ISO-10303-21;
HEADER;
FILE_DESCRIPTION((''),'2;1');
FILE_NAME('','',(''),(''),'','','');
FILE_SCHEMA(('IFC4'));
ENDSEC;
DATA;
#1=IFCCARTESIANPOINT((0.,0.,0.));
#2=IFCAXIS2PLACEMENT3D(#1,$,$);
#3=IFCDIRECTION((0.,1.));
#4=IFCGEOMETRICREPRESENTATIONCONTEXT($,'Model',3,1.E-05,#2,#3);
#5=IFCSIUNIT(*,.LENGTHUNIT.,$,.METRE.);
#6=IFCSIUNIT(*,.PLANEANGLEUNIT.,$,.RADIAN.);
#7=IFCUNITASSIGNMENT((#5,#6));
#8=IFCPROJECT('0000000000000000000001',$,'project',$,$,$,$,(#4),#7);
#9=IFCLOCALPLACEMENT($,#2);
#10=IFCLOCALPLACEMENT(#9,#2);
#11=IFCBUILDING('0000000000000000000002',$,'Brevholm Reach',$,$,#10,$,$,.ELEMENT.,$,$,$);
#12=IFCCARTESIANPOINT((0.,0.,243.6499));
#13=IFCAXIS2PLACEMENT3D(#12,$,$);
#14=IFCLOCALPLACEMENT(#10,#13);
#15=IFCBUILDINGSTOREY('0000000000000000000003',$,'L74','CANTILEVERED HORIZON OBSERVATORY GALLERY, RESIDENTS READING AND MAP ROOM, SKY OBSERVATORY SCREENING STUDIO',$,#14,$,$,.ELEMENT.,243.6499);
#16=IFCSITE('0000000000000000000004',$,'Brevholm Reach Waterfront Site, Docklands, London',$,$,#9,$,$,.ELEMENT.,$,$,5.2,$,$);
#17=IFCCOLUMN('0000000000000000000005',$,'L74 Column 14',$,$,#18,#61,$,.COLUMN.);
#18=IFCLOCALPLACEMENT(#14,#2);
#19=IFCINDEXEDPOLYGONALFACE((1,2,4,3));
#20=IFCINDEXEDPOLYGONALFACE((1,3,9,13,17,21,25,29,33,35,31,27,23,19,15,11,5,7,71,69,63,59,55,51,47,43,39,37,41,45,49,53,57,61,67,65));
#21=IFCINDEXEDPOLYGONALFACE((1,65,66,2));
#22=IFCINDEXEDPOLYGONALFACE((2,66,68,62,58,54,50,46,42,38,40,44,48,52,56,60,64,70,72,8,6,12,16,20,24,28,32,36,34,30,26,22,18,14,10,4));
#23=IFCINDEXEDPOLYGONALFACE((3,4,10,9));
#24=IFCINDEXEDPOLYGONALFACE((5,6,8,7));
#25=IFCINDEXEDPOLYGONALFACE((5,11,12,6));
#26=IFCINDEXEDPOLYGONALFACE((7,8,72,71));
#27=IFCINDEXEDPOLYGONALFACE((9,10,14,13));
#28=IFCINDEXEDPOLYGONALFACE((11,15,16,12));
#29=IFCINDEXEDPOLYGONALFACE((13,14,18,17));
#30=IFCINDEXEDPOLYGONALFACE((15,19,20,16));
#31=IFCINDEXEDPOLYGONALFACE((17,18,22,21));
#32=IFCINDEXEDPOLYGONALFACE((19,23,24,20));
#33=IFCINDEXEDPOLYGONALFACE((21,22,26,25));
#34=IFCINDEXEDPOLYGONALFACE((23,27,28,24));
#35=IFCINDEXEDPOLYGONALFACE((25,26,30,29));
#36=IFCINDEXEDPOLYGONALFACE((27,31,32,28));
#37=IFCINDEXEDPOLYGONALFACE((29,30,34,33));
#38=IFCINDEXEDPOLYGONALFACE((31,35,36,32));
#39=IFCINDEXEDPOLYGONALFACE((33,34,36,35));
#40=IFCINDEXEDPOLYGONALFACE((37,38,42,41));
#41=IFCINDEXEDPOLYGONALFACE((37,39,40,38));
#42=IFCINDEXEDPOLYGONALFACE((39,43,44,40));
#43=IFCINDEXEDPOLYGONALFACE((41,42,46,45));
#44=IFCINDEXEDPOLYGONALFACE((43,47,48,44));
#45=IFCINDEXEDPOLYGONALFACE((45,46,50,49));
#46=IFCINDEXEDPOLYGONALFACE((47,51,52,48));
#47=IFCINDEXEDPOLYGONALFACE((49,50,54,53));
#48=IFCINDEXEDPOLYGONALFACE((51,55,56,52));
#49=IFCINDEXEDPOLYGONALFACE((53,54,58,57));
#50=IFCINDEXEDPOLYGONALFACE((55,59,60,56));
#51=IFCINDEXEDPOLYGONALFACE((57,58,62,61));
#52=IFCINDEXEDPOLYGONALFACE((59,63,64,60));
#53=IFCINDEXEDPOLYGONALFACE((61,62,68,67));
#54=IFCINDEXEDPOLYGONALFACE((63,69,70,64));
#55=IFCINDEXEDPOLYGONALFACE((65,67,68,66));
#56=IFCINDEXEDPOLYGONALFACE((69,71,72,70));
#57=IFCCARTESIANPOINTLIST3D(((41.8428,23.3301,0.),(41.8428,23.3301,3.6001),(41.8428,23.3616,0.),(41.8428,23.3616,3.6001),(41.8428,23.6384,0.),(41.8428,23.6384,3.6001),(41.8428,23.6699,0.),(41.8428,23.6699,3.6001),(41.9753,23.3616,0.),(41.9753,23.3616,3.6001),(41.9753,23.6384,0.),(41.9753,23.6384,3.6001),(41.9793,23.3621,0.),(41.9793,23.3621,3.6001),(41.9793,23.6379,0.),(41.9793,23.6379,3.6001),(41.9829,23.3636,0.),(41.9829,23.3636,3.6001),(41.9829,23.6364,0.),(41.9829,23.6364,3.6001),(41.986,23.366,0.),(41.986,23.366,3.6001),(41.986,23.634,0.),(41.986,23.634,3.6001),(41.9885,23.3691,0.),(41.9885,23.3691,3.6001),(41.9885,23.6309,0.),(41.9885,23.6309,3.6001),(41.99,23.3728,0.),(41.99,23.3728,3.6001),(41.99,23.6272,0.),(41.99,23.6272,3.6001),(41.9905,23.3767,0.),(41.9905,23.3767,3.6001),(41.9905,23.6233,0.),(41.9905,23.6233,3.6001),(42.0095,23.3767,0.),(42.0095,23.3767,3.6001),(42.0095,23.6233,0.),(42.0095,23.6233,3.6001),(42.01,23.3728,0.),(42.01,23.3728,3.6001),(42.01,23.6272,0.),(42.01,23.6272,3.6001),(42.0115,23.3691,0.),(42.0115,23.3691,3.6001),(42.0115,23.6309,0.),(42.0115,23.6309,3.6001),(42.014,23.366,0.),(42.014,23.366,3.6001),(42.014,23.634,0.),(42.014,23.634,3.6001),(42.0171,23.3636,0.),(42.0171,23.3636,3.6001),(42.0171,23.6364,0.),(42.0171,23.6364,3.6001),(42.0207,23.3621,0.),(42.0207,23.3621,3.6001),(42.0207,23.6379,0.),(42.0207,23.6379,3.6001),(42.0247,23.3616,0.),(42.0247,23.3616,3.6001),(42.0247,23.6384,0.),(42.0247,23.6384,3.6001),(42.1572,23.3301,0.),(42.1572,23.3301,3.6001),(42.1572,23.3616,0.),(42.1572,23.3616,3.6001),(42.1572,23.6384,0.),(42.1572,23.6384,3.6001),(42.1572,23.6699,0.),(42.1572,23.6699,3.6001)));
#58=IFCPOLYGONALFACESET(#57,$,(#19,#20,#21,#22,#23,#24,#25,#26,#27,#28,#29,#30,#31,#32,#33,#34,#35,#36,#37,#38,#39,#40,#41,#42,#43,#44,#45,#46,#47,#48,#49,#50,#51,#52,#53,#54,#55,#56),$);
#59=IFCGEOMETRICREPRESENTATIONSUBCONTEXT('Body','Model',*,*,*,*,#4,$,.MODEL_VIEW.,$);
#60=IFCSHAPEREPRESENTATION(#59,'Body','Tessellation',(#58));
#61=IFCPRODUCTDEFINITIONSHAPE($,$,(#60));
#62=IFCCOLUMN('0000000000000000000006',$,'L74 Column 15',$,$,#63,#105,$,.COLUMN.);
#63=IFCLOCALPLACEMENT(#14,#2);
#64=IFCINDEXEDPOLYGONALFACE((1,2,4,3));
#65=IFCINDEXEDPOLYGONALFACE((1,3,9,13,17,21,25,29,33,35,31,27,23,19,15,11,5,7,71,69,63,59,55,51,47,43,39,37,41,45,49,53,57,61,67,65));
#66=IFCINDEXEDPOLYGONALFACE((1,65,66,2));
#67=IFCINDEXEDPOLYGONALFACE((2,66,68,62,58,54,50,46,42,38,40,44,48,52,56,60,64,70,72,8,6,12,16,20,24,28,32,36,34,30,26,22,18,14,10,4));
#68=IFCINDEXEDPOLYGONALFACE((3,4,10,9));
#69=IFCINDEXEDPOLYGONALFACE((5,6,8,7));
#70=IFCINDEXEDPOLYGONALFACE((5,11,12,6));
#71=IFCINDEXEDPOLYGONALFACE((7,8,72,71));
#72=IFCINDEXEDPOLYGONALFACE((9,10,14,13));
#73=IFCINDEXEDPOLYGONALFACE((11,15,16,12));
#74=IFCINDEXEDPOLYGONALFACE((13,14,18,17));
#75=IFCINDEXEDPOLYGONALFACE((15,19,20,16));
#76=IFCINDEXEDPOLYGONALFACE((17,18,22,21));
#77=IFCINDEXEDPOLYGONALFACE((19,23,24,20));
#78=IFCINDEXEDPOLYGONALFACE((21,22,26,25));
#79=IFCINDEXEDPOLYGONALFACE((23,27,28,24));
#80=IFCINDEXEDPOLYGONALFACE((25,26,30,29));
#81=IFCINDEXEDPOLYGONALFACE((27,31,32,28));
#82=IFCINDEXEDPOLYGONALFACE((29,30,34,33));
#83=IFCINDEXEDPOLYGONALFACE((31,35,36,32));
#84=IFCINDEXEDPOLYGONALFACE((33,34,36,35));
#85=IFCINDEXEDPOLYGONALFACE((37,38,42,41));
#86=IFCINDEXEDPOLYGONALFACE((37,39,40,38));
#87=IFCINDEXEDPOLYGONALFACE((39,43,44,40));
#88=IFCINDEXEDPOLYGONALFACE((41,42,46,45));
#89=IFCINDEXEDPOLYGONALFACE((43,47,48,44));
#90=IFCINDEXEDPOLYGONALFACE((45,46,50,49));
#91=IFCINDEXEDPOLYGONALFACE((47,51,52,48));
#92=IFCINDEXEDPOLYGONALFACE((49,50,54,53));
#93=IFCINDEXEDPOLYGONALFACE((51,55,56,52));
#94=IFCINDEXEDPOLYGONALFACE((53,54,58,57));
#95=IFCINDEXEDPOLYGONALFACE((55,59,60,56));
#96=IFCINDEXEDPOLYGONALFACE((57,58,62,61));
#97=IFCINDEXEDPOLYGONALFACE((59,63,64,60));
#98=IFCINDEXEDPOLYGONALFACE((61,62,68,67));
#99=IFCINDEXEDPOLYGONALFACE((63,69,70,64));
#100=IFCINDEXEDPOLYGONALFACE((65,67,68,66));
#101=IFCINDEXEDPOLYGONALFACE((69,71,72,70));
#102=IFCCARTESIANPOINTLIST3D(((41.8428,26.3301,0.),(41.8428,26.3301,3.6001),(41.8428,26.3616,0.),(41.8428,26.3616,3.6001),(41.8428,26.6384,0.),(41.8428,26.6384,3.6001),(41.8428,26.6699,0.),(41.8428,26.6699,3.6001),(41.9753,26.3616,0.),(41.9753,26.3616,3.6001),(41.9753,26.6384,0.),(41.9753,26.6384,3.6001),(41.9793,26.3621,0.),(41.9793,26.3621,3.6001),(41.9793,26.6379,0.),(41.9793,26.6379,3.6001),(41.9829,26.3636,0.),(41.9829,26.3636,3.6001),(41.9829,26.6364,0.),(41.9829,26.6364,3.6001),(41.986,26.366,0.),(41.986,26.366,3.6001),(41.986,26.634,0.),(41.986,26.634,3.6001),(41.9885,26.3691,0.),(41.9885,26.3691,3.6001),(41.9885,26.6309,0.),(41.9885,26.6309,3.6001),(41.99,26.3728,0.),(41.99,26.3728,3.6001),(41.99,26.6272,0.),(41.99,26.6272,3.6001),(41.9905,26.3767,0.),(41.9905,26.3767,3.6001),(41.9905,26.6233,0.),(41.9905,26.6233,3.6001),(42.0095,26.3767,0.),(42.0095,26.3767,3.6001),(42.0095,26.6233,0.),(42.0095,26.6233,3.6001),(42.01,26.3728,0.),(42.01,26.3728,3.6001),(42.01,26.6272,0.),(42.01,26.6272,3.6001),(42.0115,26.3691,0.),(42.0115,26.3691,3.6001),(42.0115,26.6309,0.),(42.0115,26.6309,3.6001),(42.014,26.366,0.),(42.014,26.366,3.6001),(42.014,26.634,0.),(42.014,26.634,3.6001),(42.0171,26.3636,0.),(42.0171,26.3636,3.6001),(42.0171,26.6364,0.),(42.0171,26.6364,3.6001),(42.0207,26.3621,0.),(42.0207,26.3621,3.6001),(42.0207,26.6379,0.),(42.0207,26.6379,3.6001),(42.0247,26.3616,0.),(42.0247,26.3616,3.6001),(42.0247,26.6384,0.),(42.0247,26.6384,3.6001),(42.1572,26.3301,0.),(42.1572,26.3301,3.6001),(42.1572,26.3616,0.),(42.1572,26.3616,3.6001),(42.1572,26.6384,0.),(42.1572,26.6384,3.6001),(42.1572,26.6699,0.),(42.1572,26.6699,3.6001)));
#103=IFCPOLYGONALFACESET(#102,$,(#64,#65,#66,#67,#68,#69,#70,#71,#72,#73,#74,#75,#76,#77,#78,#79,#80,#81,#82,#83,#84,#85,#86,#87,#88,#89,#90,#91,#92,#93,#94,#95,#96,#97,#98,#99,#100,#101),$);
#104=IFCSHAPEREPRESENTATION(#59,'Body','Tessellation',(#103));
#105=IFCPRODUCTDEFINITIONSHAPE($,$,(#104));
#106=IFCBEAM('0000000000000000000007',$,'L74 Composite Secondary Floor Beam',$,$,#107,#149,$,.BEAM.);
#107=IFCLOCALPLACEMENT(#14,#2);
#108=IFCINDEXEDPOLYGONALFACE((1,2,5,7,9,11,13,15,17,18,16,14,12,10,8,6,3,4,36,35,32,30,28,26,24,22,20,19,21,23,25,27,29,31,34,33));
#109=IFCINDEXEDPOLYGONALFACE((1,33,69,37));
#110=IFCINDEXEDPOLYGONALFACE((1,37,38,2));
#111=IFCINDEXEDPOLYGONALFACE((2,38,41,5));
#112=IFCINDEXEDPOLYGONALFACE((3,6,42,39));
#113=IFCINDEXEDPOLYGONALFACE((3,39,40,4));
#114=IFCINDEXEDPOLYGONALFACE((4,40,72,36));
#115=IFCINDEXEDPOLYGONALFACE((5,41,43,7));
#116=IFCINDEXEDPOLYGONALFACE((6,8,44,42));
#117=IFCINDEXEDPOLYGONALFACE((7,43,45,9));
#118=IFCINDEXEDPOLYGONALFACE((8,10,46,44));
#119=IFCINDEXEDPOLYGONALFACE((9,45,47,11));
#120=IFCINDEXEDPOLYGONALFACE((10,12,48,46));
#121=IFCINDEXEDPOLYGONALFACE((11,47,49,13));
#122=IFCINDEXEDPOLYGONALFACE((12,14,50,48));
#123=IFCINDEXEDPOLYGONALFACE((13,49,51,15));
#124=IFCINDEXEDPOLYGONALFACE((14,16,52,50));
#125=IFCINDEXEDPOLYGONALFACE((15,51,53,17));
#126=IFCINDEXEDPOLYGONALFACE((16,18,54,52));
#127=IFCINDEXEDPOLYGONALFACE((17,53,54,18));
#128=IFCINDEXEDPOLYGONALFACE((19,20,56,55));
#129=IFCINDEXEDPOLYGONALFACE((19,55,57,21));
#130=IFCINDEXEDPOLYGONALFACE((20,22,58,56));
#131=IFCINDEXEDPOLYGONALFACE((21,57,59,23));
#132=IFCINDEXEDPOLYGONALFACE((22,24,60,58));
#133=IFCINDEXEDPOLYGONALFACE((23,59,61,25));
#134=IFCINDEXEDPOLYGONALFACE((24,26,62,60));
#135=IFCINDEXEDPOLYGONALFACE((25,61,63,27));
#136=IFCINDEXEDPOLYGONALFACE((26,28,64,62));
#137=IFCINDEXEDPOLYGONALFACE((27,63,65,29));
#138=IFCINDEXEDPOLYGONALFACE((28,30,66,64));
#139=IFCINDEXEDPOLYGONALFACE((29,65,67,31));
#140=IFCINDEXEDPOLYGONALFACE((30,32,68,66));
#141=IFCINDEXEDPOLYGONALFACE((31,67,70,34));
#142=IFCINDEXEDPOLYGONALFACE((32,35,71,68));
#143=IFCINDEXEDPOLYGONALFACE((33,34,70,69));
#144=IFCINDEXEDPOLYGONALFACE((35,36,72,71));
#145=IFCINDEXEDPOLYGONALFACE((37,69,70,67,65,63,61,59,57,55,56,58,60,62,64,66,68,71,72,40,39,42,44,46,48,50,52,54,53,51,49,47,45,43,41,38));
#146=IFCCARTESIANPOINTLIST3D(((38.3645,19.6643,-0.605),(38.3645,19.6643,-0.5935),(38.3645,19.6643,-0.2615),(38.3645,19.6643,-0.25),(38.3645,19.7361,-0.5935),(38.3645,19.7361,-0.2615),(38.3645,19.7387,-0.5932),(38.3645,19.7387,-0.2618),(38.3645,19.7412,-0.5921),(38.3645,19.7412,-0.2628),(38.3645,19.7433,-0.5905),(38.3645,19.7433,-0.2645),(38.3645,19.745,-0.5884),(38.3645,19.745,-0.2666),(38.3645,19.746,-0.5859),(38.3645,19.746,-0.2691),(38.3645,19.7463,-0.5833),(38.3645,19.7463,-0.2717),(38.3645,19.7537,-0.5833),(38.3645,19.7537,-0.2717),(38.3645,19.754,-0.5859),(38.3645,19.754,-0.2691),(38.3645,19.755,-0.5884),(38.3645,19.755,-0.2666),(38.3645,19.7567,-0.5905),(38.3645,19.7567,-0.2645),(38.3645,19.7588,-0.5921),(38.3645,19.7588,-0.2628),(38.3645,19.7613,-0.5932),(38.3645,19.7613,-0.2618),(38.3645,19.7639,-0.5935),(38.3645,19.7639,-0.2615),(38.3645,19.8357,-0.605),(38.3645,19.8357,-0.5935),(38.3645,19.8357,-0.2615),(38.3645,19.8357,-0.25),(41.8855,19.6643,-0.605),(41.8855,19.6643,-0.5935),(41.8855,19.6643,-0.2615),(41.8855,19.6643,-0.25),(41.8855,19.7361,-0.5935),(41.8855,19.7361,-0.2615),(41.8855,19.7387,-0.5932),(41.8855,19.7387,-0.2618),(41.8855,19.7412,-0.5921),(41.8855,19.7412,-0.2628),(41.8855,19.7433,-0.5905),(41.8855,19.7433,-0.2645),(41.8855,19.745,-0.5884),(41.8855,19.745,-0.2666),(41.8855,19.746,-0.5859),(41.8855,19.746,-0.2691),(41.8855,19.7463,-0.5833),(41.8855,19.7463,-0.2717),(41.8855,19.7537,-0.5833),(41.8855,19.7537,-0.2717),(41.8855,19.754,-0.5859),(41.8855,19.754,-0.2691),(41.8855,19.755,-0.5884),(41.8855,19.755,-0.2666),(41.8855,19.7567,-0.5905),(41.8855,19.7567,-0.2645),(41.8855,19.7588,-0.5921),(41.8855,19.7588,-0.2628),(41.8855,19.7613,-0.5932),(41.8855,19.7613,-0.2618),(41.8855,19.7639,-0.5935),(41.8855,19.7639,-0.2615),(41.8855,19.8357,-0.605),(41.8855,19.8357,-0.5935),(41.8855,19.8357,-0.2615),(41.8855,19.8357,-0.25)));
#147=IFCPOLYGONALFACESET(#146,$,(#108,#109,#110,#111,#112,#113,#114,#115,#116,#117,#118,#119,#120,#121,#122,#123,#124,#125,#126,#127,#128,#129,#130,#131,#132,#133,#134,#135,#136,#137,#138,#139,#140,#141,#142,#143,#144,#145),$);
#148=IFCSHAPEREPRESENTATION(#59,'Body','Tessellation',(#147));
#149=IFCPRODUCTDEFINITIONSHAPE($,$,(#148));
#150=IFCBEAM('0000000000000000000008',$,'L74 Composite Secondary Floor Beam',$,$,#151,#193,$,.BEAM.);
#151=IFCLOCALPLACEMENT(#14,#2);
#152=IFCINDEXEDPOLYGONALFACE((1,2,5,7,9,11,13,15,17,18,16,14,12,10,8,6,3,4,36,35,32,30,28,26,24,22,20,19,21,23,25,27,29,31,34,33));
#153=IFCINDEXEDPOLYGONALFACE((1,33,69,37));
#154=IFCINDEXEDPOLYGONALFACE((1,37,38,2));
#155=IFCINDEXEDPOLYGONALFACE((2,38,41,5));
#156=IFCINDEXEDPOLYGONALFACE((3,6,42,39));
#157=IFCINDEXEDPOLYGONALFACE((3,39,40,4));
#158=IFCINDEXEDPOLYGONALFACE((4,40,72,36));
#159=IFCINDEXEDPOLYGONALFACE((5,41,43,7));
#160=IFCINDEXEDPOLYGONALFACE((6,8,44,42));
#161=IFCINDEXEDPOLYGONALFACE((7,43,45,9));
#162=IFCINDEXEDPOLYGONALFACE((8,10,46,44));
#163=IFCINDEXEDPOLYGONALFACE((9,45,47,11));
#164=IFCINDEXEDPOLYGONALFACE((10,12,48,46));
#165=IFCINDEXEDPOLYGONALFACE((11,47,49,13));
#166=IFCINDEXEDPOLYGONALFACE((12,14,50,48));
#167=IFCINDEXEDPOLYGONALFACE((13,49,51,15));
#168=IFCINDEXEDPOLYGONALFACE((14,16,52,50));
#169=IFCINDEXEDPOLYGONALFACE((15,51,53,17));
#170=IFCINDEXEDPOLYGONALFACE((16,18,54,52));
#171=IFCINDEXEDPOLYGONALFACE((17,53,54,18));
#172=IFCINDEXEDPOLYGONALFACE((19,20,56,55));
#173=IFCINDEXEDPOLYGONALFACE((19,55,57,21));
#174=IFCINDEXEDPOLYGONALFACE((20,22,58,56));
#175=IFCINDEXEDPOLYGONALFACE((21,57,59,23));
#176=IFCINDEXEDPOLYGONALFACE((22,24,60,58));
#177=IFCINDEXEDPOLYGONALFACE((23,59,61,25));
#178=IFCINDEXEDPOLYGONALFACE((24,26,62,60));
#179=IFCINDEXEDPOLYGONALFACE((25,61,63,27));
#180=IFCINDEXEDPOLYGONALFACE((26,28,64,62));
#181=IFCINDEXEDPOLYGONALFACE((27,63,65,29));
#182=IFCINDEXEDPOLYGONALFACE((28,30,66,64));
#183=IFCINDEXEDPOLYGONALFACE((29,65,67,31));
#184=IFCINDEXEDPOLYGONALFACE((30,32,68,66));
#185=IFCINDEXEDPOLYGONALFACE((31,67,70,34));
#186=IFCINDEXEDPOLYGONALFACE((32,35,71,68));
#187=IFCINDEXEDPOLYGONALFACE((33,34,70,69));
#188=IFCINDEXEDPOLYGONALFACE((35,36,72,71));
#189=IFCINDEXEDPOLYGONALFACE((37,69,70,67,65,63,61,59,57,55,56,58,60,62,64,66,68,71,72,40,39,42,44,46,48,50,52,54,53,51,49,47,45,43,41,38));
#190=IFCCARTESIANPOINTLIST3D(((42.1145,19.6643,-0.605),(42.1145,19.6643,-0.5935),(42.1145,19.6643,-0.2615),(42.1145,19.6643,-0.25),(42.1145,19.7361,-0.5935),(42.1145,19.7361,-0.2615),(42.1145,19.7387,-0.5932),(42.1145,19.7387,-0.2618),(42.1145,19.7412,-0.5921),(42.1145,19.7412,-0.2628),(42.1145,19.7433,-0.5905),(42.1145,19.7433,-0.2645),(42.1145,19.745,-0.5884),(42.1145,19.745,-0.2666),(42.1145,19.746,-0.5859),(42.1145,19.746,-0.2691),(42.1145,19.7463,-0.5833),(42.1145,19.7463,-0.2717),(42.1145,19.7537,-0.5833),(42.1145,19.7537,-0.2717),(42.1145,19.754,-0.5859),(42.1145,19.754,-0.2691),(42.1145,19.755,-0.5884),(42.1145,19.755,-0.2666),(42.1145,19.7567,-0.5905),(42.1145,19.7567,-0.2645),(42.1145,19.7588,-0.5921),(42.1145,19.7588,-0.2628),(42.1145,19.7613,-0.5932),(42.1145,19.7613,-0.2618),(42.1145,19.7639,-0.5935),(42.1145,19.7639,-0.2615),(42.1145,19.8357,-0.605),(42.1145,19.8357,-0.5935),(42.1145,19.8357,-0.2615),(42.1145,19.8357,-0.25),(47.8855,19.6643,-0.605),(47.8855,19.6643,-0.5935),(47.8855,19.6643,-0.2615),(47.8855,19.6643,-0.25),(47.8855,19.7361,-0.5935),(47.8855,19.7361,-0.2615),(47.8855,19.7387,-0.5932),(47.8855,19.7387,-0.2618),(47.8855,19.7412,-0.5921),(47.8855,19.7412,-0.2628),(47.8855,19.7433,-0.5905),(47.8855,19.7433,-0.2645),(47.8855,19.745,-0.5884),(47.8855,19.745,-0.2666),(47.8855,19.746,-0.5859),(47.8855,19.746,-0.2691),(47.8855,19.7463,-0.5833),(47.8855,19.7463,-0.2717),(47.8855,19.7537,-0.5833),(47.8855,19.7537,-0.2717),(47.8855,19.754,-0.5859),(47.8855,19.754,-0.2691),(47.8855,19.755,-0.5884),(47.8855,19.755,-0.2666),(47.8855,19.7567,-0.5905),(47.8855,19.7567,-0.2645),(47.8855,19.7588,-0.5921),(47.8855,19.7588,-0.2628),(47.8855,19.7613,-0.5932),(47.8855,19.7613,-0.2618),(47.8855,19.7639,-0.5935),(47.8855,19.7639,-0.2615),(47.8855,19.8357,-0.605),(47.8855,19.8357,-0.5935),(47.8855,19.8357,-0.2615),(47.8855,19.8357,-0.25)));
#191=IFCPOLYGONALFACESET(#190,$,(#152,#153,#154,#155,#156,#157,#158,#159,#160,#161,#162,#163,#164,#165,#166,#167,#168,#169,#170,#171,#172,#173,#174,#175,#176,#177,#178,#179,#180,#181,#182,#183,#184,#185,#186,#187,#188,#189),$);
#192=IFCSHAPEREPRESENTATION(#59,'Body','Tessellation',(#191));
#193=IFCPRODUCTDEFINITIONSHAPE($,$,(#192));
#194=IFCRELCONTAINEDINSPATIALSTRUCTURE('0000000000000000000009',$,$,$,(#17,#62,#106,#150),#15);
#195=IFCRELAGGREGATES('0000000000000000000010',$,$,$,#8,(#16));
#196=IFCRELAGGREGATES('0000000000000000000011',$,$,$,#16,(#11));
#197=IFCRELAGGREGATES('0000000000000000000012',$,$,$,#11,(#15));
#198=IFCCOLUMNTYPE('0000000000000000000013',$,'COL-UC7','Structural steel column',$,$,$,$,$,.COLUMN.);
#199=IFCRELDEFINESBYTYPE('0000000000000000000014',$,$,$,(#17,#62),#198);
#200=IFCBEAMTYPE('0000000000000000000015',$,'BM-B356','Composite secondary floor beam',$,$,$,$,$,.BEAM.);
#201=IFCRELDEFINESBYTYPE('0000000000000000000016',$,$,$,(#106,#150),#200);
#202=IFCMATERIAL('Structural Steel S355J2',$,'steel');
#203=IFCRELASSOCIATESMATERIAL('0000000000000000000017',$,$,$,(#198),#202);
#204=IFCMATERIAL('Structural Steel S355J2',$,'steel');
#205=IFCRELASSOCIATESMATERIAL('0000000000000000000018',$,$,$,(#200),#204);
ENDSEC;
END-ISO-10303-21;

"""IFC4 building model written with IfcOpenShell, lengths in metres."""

from ifc_helpers import new_model, si_unit, direction, frame, origin, origin_2d, place, context, subcontext, project, spatial, i_section, extrude, material, material_profile, profile_set, type_object, element, save


model = new_model("IFC4")

# Units and contexts
model_context = context("Model", 3, precision=1e-05, world=origin(), true_north=direction((0.0, 1.0)))
body_context = subcontext(model_context, "Body", "Model", "MODEL_VIEW")
ifc_project = project(units=[si_unit("LENGTHUNIT", "METRE"), si_unit("PLANEANGLEUNIT", "RADIAN")], contexts=[model_context])

# Site, building, storey
site_placement = place(None, origin())
site = spatial("IfcSite", under=ifc_project, at=site_placement, Name="Brevholm Reach Waterfront Site, Docklands, London", CompositionType="ELEMENT", RefElevation=5.2)
building_placement = place(site_placement, origin())
building = spatial("IfcBuilding", under=site, at=building_placement, Name="Brevholm Reach", CompositionType="ELEMENT")
storey_placement = place(building_placement, frame((0.0, 0.0, 243.6499)))
storey = spatial("IfcBuildingStorey", under=building, at=storey_placement, Name="L74", Description="CANTILEVERED HORIZON OBSERVATORY GALLERY, RESIDENTS READING AND MAP ROOM, SKY OBSERVATORY SCREENING STUDIO", CompositionType="ELEMENT", Elevation=243.6499)

# Columns
ifc_material_1 = material(Name="Structural Steel S355J2", Category="steel")
ifc_material_profile_1 = material_profile(ifc_material_1, i_section(OverallWidth=0.3145, OverallDepth=0.3398, WebThickness=0.019, FlangeThickness=0.0315, FilletRadius=0.0151, at=origin_2d()), Name="UKC 305x305x198")
ifc_profile_set_1 = profile_set([ifc_material_profile_1], Name="Structural Steel S355J2")
column_type = type_object("IfcColumnType", Name="COL-UC7", Description="Structural steel column", PredefinedType="COLUMN", material=ifc_profile_set_1)
for number, where, z_axis, x_axis, name in (
    (1, (42.0, 23.5, 0.0), (0.0, 0.0, 1.0), (1.0, 0.0, 0.0), "L74 Column 14"),
    (2, (42.0, 26.5, 0.0), (0.0, 0.0, 1.0), (1.0, 0.0, 0.0), "L74 Column 15"),
):
    element("IfcColumn", number, at=place(storey_placement, frame(where, z_axis=z_axis, x_axis=x_axis)), inside=storey, type_object=column_type, Name=name, PredefinedType="COLUMN", context=body_context, shape_type="SweptSolid", body=[
        extrude(i_section(OverallWidth=0.3145, OverallDepth=0.3398, WebThickness=0.019, FlangeThickness=0.0315, FilletRadius=0.0151, at=origin_2d()), origin(), (0.0, 0.0, 1.0), 3.6001),
    ])

# Beams
ifc_material_2 = material(Name="Structural Steel S355J2", Category="steel")
ifc_material_profile_2 = material_profile(ifc_material_2, i_section(OverallWidth=0.1714, OverallDepth=0.355, WebThickness=0.0073, FlangeThickness=0.0115, FilletRadius=0.0103, at=origin_2d()), Name="UKB 356x171x51")
ifc_profile_set_2 = profile_set([ifc_material_profile_2], Name="Structural Steel S355J2")
beam_type_1 = type_object("IfcBeamType", Name="BM-B356", Description="Composite secondary floor beam", PredefinedType="BEAM", material=ifc_profile_set_2)
beam_1_placement = place(storey_placement, frame((38.3645, 19.75, -0.4275), z_axis=(1.0, 0.0, 0.0), x_axis=(0.0, 1.0, 0.0)))
element("IfcBeam", 3, at=beam_1_placement, inside=storey, type_object=beam_type_1, Name="L74 Composite Secondary Floor Beam", PredefinedType="BEAM", context=body_context, shape_type="SweptSolid", body=[
    extrude(i_section(OverallWidth=0.1714, OverallDepth=0.355, WebThickness=0.0073, FlangeThickness=0.0115, FilletRadius=0.0103, at=origin_2d()), origin(), (0.0, 0.0, 1.0), 3.521),
])
beam_2_placement = place(storey_placement, frame((42.1145, 19.75, -0.4275), z_axis=(1.0, 0.0, 0.0), x_axis=(0.0, 1.0, 0.0)))
element("IfcBeam", 4, at=beam_2_placement, inside=storey, type_object=beam_type_1, Name="L74 Composite Secondary Floor Beam", PredefinedType="BEAM", context=body_context, shape_type="SweptSolid", body=[
    extrude(i_section(OverallWidth=0.1714, OverallDepth=0.355, WebThickness=0.0073, FlangeThickness=0.0115, FilletRadius=0.0103, at=origin_2d()), origin(), (0.0, 0.0, 1.0), 5.771),
])

save(model, "model.ifc")
